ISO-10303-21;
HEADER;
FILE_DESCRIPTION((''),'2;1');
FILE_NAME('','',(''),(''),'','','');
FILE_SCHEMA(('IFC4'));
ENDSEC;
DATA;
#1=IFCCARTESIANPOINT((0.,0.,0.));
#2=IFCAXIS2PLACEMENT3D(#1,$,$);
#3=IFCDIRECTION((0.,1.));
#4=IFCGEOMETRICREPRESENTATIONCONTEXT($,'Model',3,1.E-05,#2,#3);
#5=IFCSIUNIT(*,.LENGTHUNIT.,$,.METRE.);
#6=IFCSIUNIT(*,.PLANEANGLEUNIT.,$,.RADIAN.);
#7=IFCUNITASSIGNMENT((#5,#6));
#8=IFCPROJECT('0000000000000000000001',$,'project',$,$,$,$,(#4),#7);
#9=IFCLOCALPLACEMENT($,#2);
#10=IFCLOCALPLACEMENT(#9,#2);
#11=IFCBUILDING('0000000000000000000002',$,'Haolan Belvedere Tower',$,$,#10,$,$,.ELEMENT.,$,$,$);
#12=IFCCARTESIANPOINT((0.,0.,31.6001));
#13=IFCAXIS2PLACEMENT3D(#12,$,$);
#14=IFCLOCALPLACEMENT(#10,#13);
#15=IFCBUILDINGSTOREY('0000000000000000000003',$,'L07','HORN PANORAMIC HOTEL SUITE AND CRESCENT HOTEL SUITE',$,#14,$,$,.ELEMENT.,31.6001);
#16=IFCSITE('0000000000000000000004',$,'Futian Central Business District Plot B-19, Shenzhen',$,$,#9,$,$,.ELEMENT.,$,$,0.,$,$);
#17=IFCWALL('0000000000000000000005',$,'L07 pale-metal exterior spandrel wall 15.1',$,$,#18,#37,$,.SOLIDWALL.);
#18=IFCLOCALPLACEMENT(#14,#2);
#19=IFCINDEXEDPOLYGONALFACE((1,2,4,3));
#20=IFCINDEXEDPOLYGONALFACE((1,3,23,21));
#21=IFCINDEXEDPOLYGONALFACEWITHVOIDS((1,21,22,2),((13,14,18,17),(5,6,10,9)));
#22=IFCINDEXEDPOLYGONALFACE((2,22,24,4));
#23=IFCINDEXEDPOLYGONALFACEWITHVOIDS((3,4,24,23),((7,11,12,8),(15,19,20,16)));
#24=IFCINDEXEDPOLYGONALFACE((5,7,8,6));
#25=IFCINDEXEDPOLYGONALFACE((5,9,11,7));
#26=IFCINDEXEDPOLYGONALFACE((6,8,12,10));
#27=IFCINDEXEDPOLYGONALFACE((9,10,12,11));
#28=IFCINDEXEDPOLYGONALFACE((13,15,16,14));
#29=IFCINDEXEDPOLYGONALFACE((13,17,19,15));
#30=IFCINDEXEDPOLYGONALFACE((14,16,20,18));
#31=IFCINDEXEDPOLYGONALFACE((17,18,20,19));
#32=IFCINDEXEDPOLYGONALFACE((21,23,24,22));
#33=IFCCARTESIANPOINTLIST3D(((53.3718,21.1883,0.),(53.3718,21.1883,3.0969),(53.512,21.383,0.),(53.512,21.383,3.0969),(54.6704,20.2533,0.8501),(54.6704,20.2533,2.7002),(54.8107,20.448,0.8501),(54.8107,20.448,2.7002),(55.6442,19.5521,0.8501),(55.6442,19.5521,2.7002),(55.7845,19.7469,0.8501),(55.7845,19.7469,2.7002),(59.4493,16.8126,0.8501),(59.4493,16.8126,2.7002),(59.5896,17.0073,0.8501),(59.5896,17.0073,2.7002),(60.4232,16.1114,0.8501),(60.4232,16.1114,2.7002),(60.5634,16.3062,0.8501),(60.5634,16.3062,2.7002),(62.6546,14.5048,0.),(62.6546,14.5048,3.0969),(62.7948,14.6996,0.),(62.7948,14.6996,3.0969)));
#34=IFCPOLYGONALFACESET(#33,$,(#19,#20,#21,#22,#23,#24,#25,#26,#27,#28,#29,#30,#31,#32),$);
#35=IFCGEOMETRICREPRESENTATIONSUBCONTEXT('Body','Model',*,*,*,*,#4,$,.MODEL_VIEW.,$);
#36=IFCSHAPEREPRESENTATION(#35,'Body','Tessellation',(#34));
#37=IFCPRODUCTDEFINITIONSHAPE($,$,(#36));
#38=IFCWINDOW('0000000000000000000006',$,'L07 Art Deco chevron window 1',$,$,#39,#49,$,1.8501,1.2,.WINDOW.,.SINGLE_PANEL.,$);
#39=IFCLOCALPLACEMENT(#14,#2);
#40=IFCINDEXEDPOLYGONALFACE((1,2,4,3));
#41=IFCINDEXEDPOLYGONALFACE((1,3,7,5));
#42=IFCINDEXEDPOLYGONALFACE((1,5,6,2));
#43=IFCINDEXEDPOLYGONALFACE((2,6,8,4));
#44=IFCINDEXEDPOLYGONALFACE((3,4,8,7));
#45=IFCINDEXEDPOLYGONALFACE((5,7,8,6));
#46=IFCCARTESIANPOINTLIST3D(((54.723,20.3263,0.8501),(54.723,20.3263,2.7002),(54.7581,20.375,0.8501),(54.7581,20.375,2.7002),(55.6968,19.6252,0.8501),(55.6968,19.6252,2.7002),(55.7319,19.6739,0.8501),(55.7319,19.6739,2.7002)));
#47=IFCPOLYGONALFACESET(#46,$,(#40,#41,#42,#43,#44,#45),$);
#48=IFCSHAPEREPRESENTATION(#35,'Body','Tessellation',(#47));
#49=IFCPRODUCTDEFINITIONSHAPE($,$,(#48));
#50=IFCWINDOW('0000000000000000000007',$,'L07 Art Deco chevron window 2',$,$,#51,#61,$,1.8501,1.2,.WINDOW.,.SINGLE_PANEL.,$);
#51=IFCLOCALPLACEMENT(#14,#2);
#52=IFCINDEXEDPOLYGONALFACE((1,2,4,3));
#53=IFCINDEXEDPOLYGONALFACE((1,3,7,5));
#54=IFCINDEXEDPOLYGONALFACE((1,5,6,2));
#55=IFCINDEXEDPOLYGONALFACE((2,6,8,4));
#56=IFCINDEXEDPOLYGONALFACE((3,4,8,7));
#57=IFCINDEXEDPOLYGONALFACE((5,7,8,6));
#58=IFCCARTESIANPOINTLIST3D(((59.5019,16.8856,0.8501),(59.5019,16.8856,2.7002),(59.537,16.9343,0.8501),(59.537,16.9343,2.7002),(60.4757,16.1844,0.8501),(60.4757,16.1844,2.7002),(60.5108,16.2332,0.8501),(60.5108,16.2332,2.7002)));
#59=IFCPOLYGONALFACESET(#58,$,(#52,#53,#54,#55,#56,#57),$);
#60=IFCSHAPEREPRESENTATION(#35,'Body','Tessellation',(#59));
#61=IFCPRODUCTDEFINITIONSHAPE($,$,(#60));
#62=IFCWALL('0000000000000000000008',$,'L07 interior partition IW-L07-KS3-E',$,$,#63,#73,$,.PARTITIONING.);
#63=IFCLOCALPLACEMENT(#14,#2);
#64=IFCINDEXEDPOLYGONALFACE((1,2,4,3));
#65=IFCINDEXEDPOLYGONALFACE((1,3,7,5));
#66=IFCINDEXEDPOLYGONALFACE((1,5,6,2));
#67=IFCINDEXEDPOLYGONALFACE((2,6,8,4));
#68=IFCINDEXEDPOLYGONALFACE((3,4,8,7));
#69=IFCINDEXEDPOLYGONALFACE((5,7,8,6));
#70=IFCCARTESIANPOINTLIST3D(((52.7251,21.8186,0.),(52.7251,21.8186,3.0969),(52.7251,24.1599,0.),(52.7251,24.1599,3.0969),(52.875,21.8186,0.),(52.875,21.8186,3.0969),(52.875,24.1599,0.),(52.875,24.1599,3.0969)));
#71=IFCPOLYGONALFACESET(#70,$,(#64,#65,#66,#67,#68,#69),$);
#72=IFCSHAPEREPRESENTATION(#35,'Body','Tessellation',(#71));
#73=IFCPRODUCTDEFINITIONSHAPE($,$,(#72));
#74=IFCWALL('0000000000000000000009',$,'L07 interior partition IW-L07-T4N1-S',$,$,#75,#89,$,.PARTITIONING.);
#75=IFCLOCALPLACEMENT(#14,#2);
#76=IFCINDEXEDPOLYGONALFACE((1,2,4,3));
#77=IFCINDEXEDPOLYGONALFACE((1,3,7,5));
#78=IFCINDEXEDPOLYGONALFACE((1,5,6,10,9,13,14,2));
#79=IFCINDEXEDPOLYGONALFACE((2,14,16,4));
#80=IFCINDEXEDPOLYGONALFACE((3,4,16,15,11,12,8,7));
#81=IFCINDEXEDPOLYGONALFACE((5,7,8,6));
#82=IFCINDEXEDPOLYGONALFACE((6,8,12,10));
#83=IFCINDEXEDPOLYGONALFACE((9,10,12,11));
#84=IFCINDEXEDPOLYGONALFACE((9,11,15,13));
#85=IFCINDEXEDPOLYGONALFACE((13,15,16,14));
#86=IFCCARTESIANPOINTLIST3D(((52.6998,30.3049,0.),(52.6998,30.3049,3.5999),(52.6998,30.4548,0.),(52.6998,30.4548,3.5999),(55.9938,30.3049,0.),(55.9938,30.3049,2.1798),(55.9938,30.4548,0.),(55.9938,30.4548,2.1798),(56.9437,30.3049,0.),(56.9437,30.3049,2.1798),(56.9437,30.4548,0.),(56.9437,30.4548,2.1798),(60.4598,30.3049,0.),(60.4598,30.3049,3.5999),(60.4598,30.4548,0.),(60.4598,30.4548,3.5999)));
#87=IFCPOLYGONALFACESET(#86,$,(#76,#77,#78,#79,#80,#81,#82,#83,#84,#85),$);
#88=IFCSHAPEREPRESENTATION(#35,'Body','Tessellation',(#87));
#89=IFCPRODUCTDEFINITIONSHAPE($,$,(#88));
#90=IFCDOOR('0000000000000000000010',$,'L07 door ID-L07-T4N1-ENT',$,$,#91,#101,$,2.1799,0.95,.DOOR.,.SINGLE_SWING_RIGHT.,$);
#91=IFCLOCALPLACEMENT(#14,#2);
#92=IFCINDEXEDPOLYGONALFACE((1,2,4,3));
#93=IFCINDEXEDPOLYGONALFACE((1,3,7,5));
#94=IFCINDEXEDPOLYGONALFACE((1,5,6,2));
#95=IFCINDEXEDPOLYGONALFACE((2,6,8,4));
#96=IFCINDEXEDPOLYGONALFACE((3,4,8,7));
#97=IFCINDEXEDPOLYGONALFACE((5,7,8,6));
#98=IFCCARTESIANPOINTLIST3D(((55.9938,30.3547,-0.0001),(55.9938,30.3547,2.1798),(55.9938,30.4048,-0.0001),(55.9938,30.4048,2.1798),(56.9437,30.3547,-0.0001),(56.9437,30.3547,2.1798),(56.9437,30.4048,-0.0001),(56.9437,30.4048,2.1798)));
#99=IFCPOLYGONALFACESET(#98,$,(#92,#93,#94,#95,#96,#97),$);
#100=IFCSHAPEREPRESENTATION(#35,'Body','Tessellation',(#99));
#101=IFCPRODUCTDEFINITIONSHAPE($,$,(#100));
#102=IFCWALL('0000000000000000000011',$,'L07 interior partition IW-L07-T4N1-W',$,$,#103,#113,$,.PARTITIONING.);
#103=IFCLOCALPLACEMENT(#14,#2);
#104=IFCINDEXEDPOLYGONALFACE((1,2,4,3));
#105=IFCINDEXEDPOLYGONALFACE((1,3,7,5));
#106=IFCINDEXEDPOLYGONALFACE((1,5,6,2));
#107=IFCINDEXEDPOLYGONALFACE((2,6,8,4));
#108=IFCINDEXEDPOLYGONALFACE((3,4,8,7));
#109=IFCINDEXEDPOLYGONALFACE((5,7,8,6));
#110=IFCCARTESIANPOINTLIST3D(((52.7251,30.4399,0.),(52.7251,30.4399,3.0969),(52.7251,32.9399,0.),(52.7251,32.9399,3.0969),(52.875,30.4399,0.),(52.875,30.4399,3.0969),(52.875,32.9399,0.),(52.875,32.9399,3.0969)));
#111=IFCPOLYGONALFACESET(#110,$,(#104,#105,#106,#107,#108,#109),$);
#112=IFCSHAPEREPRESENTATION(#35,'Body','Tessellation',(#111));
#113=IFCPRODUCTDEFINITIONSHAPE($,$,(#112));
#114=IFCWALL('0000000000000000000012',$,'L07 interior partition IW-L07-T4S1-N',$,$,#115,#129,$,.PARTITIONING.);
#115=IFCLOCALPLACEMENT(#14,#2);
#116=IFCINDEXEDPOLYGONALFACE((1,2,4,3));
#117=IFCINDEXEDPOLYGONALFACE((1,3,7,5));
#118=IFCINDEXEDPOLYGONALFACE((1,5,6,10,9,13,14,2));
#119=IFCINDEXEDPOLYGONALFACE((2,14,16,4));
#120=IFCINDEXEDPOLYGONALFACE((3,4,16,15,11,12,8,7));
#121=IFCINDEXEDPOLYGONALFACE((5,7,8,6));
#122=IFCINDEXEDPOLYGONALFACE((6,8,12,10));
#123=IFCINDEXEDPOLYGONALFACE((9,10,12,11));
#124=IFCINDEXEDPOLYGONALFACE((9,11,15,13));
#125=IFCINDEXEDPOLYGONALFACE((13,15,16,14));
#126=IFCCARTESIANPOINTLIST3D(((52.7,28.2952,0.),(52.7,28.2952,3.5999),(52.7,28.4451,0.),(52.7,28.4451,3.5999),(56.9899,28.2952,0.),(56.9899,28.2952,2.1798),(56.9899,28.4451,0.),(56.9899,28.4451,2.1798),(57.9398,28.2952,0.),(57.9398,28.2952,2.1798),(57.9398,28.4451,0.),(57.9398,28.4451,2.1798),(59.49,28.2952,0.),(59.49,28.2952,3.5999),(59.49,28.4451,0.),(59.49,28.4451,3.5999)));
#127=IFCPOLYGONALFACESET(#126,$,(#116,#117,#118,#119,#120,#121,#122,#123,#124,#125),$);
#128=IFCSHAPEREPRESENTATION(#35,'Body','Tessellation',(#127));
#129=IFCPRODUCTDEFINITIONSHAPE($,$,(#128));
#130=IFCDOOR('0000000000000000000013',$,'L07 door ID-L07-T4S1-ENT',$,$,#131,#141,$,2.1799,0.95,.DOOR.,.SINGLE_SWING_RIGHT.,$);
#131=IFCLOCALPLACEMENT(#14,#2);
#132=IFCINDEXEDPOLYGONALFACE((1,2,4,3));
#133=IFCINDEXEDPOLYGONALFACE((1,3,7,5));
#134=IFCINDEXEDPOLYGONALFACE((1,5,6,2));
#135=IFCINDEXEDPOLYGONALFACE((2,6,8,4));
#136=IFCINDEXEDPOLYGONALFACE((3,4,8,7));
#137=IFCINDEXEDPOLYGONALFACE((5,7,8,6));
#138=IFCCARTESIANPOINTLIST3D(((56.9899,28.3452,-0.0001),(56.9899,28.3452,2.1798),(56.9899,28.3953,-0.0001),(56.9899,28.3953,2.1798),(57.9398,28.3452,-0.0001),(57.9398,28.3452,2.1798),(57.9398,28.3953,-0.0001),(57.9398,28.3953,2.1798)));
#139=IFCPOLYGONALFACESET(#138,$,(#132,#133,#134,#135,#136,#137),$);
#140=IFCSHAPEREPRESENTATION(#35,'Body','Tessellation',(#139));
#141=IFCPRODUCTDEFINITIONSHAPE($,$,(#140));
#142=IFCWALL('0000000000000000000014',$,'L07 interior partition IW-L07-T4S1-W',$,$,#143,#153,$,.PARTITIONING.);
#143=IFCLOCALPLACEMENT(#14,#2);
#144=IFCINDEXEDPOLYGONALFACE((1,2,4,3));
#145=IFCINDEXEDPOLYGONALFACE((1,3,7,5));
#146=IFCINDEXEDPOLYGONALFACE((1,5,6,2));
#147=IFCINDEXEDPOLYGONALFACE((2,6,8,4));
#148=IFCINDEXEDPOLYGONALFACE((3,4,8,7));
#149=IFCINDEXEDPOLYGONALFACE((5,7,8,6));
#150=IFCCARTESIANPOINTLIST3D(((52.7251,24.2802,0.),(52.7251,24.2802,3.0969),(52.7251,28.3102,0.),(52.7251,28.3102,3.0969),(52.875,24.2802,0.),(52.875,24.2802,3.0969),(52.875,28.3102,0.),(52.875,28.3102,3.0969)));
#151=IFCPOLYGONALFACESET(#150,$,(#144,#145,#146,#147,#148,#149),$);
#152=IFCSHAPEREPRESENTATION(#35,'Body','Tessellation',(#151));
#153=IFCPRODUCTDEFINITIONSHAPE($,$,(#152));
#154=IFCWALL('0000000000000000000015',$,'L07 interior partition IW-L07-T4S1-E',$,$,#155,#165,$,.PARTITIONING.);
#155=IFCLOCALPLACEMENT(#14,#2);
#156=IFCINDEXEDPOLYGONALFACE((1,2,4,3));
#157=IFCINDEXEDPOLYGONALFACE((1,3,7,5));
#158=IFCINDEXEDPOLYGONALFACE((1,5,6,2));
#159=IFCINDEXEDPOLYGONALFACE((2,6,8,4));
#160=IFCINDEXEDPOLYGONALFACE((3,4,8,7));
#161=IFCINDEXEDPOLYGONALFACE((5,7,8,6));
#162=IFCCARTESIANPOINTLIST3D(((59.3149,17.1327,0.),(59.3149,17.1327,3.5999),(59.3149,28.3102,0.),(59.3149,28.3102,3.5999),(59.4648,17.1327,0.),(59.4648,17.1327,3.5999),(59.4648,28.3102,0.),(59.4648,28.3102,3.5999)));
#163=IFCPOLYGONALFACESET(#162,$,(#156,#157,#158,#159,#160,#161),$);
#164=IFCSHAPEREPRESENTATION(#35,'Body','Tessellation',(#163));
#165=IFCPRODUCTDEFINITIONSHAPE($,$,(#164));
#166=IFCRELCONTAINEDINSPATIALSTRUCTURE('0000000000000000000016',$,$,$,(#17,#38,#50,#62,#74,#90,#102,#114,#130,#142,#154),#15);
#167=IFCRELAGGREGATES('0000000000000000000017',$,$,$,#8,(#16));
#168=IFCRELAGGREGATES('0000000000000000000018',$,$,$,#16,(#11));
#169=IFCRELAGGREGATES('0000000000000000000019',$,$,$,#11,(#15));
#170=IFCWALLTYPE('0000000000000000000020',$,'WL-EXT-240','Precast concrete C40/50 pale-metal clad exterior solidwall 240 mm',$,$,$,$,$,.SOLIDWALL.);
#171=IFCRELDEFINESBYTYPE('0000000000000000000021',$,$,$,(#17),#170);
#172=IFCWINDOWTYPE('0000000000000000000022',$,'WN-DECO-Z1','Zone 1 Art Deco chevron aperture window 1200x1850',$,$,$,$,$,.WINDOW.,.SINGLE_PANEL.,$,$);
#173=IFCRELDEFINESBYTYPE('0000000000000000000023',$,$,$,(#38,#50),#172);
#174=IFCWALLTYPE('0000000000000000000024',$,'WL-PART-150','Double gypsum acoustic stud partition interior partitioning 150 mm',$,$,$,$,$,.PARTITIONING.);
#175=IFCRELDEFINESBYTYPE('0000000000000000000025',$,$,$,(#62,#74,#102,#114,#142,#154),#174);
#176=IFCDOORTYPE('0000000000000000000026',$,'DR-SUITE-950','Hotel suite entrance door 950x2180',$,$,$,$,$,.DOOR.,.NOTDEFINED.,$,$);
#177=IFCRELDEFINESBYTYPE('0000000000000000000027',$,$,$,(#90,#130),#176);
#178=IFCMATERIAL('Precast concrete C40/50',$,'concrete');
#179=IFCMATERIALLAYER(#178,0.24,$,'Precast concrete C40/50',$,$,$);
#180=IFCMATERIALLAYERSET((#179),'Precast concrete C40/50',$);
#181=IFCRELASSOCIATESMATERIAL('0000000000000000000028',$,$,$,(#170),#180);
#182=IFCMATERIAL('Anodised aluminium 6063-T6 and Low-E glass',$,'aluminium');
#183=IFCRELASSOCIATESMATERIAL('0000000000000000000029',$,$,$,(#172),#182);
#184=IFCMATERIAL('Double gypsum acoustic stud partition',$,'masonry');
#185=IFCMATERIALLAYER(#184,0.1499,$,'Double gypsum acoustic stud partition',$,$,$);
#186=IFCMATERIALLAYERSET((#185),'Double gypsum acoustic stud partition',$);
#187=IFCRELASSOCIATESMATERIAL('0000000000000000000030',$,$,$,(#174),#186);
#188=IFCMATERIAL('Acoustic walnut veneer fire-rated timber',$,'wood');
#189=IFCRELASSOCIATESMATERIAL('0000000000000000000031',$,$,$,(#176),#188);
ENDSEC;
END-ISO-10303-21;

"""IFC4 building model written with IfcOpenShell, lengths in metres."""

from ifc_helpers import new_model, si_unit, direction, frame, frame_2d, origin, place, context, subcontext, project, spatial, rectangle, extrude, material, layer, layer_set, type_object, element, fill, save


model = new_model("IFC4")

# Units and contexts
model_context = context("Model", 3, precision=1e-05, world=origin(), true_north=direction((0.0, 1.0)))
body_context = subcontext(model_context, "Body", "Model", "MODEL_VIEW")
ifc_project = project(units=[si_unit("LENGTHUNIT", "METRE"), si_unit("PLANEANGLEUNIT", "RADIAN")], contexts=[model_context])

# Site, building, storey
site_placement = place(None, origin())
site = spatial("IfcSite", under=ifc_project, at=site_placement, Name="Futian Central Business District Plot B-19, Shenzhen", CompositionType="ELEMENT", RefElevation=0.0)
building_placement = place(site_placement, origin())
building = spatial("IfcBuilding", under=site, at=building_placement, Name="Haolan Belvedere Tower", CompositionType="ELEMENT")
storey_placement = place(building_placement, frame((0.0, 0.0, 31.6001)))
storey = spatial("IfcBuildingStorey", under=building, at=storey_placement, Name="L07", Description="HORN PANORAMIC HOTEL SUITE AND CRESCENT HOTEL SUITE", CompositionType="ELEMENT", Elevation=31.6001)

# Wall, openings, windows
ifc_material_1 = material(Name="Precast concrete C40/50", Category="concrete")
ifc_layer_1 = layer(ifc_material_1, 0.24, Name="Precast concrete C40/50")
ifc_layer_set_1 = layer_set([ifc_layer_1], Name="Precast concrete C40/50")
wall_type_1 = type_object("IfcWallType", Name="WL-EXT-240", Description="Precast concrete C40/50 pale-metal clad exterior solidwall 240 mm", PredefinedType="SOLIDWALL", material=ifc_layer_set_1)
wall_1_placement = place(storey_placement, frame((53.4419, 21.2856, 0.0), z_axis=(0.0, 0.0, 1.0), x_axis=(0.811543, -0.584293, 0.0)))
wall_1 = element("IfcWall", 1, at=wall_1_placement, inside=storey, type_object=wall_type_1, Name="L07 pale-metal exterior spandrel wall 15.1", PredefinedType="SOLIDWALL", context=body_context, shape_type="SweptSolid", body=[
    extrude(rectangle(XDim=11.4385, YDim=0.24, at=frame_2d((5.7192, 0.0))), origin(), (0.0, 0.0, 1.0), 3.0969),
])
opening_1_placement = place(wall_1_placement, frame((1.6001, 0.0, 0.8501)))
opening_1 = element("IfcOpeningElement", 2, at=opening_1_placement, cuts=wall_1, PredefinedType="OPENING", context=body_context, shape_type="SweptSolid", body=[
    extrude(rectangle(XDim=1.2, YDim=1.8501, at=frame_2d((0.6001, 0.925))), frame((0.0, 0.1299, 0.0), z_axis=(0.0, -1.0, 0.0), x_axis=(1.0, 0.0, 0.0)), (0.0, 0.0, 1.0), 0.26),
])
opening_2_placement = place(wall_1_placement, frame((7.4888, 0.0, 0.8501)))
opening_2 = element("IfcOpeningElement", 3, at=opening_2_placement, cuts=wall_1, PredefinedType="OPENING", context=body_context, shape_type="SweptSolid", body=[
    extrude(rectangle(XDim=1.2, YDim=1.8501, at=frame_2d((0.6001, 0.925))), frame((0.0, 0.1299, 0.0), z_axis=(0.0, -1.0, 0.0), x_axis=(1.0, 0.0, 0.0)), (0.0, 0.0, 1.0), 0.26),
])
ifc_material_2 = material(Name="Anodised aluminium 6063-T6 and Low-E glass", Category="aluminium")
window_type = type_object("IfcWindowType", Name="WN-DECO-Z1", Description="Zone 1 Art Deco chevron aperture window 1200x1850", PartitioningType="SINGLE_PANEL", PredefinedType="WINDOW", material=ifc_material_2)
window_1_placement = place(opening_1_placement, origin())
window_1 = element("IfcWindow", 4, at=window_1_placement, inside=storey, type_object=window_type, Name="L07 Art Deco chevron window 1", OverallHeight=1.8501, OverallWidth=1.2, PartitioningType="SINGLE_PANEL", PredefinedType="WINDOW", context=body_context, shape_type="SweptSolid", body=[
    extrude(rectangle(XDim=1.2, YDim=1.8501, at=frame_2d((0.6001, 0.925))), frame((0.0, 0.03, 0.0), z_axis=(0.0, -1.0, 0.0), x_axis=(1.0, 0.0, 0.0)), (0.0, 0.0, 1.0), 0.0601),
])
fill(opening_1, window_1)
window_2_placement = place(opening_2_placement, origin())
window_2 = element("IfcWindow", 5, at=window_2_placement, inside=storey, type_object=window_type, Name="L07 Art Deco chevron window 2", OverallHeight=1.8501, OverallWidth=1.2, PartitioningType="SINGLE_PANEL", PredefinedType="WINDOW", context=body_context, shape_type="SweptSolid", body=[
    extrude(rectangle(XDim=1.2, YDim=1.8501, at=frame_2d((0.6001, 0.925))), frame((0.0, 0.03, 0.0), z_axis=(0.0, -1.0, 0.0), x_axis=(1.0, 0.0, 0.0)), (0.0, 0.0, 1.0), 0.0601),
])
fill(opening_2, window_2)

# Wall
ifc_material_3 = material(Name="Double gypsum acoustic stud partition", Category="masonry")
ifc_layer_2 = layer(ifc_material_3, 0.1499, Name="Double gypsum acoustic stud partition")
ifc_layer_set_2 = layer_set([ifc_layer_2], Name="Double gypsum acoustic stud partition")
wall_type_2 = type_object("IfcWallType", Name="WL-PART-150", Description="Double gypsum acoustic stud partition interior partitioning 150 mm", PredefinedType="PARTITIONING", material=ifc_layer_set_2)
wall_2_placement = place(storey_placement, frame((52.8, 21.8186, 0.0), z_axis=(0.0, 0.0, 1.0), x_axis=(0.0, 1.0, 0.0)))
element("IfcWall", 6, at=wall_2_placement, inside=storey, type_object=wall_type_2, Name="L07 interior partition IW-L07-KS3-E", PredefinedType="PARTITIONING", context=body_context, shape_type="SweptSolid", body=[
    extrude(rectangle(XDim=2.3413, YDim=0.1499, at=frame_2d((1.1707, 0.0))), origin(), (0.0, 0.0, 1.0), 3.0969),
])

# Wall, opening, door
wall_3_placement = place(storey_placement, frame((52.7, 30.3799, 0.0), z_axis=(0.0, 0.0, 1.0), x_axis=(1.0, 0.0, 0.0)))
wall_3 = element("IfcWall", 7, at=wall_3_placement, inside=storey, type_object=wall_type_2, Name="L07 interior partition IW-L07-T4N1-S", PredefinedType="PARTITIONING", context=body_context, shape_type="SweptSolid", body=[
    extrude(rectangle(XDim=7.76, YDim=0.1499, at=frame_2d((3.8799, 0.0))), origin(), (0.0, 0.0, 1.0), 3.5999),
])
opening_3_placement = place(wall_3_placement, frame((3.2937, 0.0, 0.0)))
opening_3 = element("IfcOpeningElement", 8, at=opening_3_placement, cuts=wall_3, PredefinedType="OPENING", context=body_context, shape_type="SweptSolid", body=[
    extrude(rectangle(XDim=0.95, YDim=2.1799, at=frame_2d((0.4751, 1.0898))), frame((0.0, 0.085, 0.0), z_axis=(0.0, -1.0, 0.0), x_axis=(1.0, 0.0, 0.0)), (0.0, 0.0, 1.0), 0.1699),
])
ifc_material_4 = material(Name="Acoustic walnut veneer fire-rated timber", Category="wood")
door_type_1 = type_object("IfcDoorType", Name="DR-SUITE-950", Description="Hotel suite entrance door 950x2180", OperationType="NOTDEFINED", PredefinedType="DOOR", material=ifc_material_4)
door_1_placement = place(opening_3_placement, origin())
door_1 = element("IfcDoor", 9, at=door_1_placement, inside=storey, type_object=door_type_1, Name="L07 door ID-L07-T4N1-ENT", OperationType="SINGLE_SWING_RIGHT", OverallHeight=2.1799, OverallWidth=0.95, PredefinedType="DOOR", context=body_context, shape_type="SweptSolid", body=[
    extrude(rectangle(XDim=0.95, YDim=2.1799, at=frame_2d((0.4751, 1.0898))), frame((0.0, 0.0249, 0.0), z_axis=(0.0, -1.0, 0.0), x_axis=(1.0, 0.0, 0.0)), (0.0, 0.0, 1.0), 0.05),
])
fill(opening_3, door_1)

# Wall
wall_4_placement = place(storey_placement, frame((52.8, 30.4399, 0.0), z_axis=(0.0, 0.0, 1.0), x_axis=(0.0, 1.0, 0.0)))
element("IfcWall", 10, at=wall_4_placement, inside=storey, type_object=wall_type_2, Name="L07 interior partition IW-L07-T4N1-W", PredefinedType="PARTITIONING", context=body_context, shape_type="SweptSolid", body=[
    extrude(rectangle(XDim=2.5, YDim=0.1499, at=frame_2d((1.25, 0.0))), origin(), (0.0, 0.0, 1.0), 3.0969),
])

# Wall, opening, door
wall_5_placement = place(storey_placement, frame((52.7, 28.3701, 0.0), z_axis=(0.0, 0.0, 1.0), x_axis=(1.0, 0.0, 0.0)))
wall_5 = element("IfcWall", 11, at=wall_5_placement, inside=storey, type_object=wall_type_2, Name="L07 interior partition IW-L07-T4S1-N", PredefinedType="PARTITIONING", context=body_context, shape_type="SweptSolid", body=[
    extrude(rectangle(XDim=6.79, YDim=0.1499, at=frame_2d((3.395, 0.0))), origin(), (0.0, 0.0, 1.0), 3.5999),
])
opening_4_placement = place(wall_5_placement, frame((5.24, 0.0, 0.0), z_axis=(0.0, 0.0, 1.0), x_axis=(-1.0, 0.0, 0.0)))
opening_4 = element("IfcOpeningElement", 12, at=opening_4_placement, cuts=wall_5, PredefinedType="OPENING", context=body_context, shape_type="SweptSolid", body=[
    extrude(rectangle(XDim=0.95, YDim=2.1799, at=frame_2d((0.4751, 1.0898))), frame((0.0, 0.085, 0.0), z_axis=(0.0, -1.0, 0.0), x_axis=(1.0, 0.0, 0.0)), (0.0, 0.0, 1.0), 0.1699),
])
door_2_placement = place(opening_4_placement, origin())
door_2 = element("IfcDoor", 13, at=door_2_placement, inside=storey, type_object=door_type_1, Name="L07 door ID-L07-T4S1-ENT", OperationType="SINGLE_SWING_RIGHT", OverallHeight=2.1799, OverallWidth=0.95, PredefinedType="DOOR", context=body_context, shape_type="SweptSolid", body=[
    extrude(rectangle(XDim=0.95, YDim=2.1799, at=frame_2d((0.4751, 1.0898))), frame((0.0, 0.0249, 0.0), z_axis=(0.0, -1.0, 0.0), x_axis=(1.0, 0.0, 0.0)), (0.0, 0.0, 1.0), 0.05),
])
fill(opening_4, door_2)

# Walls
wall_6_placement = place(storey_placement, frame((52.8, 24.28, 0.0), z_axis=(0.0, 0.0, 1.0), x_axis=(0.0, 1.0, 0.0)))
element("IfcWall", 14, at=wall_6_placement, inside=storey, type_object=wall_type_2, Name="L07 interior partition IW-L07-T4S1-W", PredefinedType="PARTITIONING", context=body_context, shape_type="SweptSolid", body=[
    extrude(rectangle(XDim=4.03, YDim=0.1499, at=frame_2d((2.0151, 0.0))), origin(), (0.0, 0.0, 1.0), 3.0969),
])
wall_7_placement = place(storey_placement, frame((59.3899, 17.1326, 0.0), z_axis=(0.0, 0.0, 1.0), x_axis=(0.0, 1.0, 0.0)))
element("IfcWall", 15, at=wall_7_placement, inside=storey, type_object=wall_type_2, Name="L07 interior partition IW-L07-T4S1-E", PredefinedType="PARTITIONING", context=body_context, shape_type="SweptSolid", body=[
    extrude(rectangle(XDim=11.1775, YDim=0.1499, at=frame_2d((5.5889, 0.0))), origin(), (0.0, 0.0, 1.0), 3.5999),
])

save(model, "model.ifc")
